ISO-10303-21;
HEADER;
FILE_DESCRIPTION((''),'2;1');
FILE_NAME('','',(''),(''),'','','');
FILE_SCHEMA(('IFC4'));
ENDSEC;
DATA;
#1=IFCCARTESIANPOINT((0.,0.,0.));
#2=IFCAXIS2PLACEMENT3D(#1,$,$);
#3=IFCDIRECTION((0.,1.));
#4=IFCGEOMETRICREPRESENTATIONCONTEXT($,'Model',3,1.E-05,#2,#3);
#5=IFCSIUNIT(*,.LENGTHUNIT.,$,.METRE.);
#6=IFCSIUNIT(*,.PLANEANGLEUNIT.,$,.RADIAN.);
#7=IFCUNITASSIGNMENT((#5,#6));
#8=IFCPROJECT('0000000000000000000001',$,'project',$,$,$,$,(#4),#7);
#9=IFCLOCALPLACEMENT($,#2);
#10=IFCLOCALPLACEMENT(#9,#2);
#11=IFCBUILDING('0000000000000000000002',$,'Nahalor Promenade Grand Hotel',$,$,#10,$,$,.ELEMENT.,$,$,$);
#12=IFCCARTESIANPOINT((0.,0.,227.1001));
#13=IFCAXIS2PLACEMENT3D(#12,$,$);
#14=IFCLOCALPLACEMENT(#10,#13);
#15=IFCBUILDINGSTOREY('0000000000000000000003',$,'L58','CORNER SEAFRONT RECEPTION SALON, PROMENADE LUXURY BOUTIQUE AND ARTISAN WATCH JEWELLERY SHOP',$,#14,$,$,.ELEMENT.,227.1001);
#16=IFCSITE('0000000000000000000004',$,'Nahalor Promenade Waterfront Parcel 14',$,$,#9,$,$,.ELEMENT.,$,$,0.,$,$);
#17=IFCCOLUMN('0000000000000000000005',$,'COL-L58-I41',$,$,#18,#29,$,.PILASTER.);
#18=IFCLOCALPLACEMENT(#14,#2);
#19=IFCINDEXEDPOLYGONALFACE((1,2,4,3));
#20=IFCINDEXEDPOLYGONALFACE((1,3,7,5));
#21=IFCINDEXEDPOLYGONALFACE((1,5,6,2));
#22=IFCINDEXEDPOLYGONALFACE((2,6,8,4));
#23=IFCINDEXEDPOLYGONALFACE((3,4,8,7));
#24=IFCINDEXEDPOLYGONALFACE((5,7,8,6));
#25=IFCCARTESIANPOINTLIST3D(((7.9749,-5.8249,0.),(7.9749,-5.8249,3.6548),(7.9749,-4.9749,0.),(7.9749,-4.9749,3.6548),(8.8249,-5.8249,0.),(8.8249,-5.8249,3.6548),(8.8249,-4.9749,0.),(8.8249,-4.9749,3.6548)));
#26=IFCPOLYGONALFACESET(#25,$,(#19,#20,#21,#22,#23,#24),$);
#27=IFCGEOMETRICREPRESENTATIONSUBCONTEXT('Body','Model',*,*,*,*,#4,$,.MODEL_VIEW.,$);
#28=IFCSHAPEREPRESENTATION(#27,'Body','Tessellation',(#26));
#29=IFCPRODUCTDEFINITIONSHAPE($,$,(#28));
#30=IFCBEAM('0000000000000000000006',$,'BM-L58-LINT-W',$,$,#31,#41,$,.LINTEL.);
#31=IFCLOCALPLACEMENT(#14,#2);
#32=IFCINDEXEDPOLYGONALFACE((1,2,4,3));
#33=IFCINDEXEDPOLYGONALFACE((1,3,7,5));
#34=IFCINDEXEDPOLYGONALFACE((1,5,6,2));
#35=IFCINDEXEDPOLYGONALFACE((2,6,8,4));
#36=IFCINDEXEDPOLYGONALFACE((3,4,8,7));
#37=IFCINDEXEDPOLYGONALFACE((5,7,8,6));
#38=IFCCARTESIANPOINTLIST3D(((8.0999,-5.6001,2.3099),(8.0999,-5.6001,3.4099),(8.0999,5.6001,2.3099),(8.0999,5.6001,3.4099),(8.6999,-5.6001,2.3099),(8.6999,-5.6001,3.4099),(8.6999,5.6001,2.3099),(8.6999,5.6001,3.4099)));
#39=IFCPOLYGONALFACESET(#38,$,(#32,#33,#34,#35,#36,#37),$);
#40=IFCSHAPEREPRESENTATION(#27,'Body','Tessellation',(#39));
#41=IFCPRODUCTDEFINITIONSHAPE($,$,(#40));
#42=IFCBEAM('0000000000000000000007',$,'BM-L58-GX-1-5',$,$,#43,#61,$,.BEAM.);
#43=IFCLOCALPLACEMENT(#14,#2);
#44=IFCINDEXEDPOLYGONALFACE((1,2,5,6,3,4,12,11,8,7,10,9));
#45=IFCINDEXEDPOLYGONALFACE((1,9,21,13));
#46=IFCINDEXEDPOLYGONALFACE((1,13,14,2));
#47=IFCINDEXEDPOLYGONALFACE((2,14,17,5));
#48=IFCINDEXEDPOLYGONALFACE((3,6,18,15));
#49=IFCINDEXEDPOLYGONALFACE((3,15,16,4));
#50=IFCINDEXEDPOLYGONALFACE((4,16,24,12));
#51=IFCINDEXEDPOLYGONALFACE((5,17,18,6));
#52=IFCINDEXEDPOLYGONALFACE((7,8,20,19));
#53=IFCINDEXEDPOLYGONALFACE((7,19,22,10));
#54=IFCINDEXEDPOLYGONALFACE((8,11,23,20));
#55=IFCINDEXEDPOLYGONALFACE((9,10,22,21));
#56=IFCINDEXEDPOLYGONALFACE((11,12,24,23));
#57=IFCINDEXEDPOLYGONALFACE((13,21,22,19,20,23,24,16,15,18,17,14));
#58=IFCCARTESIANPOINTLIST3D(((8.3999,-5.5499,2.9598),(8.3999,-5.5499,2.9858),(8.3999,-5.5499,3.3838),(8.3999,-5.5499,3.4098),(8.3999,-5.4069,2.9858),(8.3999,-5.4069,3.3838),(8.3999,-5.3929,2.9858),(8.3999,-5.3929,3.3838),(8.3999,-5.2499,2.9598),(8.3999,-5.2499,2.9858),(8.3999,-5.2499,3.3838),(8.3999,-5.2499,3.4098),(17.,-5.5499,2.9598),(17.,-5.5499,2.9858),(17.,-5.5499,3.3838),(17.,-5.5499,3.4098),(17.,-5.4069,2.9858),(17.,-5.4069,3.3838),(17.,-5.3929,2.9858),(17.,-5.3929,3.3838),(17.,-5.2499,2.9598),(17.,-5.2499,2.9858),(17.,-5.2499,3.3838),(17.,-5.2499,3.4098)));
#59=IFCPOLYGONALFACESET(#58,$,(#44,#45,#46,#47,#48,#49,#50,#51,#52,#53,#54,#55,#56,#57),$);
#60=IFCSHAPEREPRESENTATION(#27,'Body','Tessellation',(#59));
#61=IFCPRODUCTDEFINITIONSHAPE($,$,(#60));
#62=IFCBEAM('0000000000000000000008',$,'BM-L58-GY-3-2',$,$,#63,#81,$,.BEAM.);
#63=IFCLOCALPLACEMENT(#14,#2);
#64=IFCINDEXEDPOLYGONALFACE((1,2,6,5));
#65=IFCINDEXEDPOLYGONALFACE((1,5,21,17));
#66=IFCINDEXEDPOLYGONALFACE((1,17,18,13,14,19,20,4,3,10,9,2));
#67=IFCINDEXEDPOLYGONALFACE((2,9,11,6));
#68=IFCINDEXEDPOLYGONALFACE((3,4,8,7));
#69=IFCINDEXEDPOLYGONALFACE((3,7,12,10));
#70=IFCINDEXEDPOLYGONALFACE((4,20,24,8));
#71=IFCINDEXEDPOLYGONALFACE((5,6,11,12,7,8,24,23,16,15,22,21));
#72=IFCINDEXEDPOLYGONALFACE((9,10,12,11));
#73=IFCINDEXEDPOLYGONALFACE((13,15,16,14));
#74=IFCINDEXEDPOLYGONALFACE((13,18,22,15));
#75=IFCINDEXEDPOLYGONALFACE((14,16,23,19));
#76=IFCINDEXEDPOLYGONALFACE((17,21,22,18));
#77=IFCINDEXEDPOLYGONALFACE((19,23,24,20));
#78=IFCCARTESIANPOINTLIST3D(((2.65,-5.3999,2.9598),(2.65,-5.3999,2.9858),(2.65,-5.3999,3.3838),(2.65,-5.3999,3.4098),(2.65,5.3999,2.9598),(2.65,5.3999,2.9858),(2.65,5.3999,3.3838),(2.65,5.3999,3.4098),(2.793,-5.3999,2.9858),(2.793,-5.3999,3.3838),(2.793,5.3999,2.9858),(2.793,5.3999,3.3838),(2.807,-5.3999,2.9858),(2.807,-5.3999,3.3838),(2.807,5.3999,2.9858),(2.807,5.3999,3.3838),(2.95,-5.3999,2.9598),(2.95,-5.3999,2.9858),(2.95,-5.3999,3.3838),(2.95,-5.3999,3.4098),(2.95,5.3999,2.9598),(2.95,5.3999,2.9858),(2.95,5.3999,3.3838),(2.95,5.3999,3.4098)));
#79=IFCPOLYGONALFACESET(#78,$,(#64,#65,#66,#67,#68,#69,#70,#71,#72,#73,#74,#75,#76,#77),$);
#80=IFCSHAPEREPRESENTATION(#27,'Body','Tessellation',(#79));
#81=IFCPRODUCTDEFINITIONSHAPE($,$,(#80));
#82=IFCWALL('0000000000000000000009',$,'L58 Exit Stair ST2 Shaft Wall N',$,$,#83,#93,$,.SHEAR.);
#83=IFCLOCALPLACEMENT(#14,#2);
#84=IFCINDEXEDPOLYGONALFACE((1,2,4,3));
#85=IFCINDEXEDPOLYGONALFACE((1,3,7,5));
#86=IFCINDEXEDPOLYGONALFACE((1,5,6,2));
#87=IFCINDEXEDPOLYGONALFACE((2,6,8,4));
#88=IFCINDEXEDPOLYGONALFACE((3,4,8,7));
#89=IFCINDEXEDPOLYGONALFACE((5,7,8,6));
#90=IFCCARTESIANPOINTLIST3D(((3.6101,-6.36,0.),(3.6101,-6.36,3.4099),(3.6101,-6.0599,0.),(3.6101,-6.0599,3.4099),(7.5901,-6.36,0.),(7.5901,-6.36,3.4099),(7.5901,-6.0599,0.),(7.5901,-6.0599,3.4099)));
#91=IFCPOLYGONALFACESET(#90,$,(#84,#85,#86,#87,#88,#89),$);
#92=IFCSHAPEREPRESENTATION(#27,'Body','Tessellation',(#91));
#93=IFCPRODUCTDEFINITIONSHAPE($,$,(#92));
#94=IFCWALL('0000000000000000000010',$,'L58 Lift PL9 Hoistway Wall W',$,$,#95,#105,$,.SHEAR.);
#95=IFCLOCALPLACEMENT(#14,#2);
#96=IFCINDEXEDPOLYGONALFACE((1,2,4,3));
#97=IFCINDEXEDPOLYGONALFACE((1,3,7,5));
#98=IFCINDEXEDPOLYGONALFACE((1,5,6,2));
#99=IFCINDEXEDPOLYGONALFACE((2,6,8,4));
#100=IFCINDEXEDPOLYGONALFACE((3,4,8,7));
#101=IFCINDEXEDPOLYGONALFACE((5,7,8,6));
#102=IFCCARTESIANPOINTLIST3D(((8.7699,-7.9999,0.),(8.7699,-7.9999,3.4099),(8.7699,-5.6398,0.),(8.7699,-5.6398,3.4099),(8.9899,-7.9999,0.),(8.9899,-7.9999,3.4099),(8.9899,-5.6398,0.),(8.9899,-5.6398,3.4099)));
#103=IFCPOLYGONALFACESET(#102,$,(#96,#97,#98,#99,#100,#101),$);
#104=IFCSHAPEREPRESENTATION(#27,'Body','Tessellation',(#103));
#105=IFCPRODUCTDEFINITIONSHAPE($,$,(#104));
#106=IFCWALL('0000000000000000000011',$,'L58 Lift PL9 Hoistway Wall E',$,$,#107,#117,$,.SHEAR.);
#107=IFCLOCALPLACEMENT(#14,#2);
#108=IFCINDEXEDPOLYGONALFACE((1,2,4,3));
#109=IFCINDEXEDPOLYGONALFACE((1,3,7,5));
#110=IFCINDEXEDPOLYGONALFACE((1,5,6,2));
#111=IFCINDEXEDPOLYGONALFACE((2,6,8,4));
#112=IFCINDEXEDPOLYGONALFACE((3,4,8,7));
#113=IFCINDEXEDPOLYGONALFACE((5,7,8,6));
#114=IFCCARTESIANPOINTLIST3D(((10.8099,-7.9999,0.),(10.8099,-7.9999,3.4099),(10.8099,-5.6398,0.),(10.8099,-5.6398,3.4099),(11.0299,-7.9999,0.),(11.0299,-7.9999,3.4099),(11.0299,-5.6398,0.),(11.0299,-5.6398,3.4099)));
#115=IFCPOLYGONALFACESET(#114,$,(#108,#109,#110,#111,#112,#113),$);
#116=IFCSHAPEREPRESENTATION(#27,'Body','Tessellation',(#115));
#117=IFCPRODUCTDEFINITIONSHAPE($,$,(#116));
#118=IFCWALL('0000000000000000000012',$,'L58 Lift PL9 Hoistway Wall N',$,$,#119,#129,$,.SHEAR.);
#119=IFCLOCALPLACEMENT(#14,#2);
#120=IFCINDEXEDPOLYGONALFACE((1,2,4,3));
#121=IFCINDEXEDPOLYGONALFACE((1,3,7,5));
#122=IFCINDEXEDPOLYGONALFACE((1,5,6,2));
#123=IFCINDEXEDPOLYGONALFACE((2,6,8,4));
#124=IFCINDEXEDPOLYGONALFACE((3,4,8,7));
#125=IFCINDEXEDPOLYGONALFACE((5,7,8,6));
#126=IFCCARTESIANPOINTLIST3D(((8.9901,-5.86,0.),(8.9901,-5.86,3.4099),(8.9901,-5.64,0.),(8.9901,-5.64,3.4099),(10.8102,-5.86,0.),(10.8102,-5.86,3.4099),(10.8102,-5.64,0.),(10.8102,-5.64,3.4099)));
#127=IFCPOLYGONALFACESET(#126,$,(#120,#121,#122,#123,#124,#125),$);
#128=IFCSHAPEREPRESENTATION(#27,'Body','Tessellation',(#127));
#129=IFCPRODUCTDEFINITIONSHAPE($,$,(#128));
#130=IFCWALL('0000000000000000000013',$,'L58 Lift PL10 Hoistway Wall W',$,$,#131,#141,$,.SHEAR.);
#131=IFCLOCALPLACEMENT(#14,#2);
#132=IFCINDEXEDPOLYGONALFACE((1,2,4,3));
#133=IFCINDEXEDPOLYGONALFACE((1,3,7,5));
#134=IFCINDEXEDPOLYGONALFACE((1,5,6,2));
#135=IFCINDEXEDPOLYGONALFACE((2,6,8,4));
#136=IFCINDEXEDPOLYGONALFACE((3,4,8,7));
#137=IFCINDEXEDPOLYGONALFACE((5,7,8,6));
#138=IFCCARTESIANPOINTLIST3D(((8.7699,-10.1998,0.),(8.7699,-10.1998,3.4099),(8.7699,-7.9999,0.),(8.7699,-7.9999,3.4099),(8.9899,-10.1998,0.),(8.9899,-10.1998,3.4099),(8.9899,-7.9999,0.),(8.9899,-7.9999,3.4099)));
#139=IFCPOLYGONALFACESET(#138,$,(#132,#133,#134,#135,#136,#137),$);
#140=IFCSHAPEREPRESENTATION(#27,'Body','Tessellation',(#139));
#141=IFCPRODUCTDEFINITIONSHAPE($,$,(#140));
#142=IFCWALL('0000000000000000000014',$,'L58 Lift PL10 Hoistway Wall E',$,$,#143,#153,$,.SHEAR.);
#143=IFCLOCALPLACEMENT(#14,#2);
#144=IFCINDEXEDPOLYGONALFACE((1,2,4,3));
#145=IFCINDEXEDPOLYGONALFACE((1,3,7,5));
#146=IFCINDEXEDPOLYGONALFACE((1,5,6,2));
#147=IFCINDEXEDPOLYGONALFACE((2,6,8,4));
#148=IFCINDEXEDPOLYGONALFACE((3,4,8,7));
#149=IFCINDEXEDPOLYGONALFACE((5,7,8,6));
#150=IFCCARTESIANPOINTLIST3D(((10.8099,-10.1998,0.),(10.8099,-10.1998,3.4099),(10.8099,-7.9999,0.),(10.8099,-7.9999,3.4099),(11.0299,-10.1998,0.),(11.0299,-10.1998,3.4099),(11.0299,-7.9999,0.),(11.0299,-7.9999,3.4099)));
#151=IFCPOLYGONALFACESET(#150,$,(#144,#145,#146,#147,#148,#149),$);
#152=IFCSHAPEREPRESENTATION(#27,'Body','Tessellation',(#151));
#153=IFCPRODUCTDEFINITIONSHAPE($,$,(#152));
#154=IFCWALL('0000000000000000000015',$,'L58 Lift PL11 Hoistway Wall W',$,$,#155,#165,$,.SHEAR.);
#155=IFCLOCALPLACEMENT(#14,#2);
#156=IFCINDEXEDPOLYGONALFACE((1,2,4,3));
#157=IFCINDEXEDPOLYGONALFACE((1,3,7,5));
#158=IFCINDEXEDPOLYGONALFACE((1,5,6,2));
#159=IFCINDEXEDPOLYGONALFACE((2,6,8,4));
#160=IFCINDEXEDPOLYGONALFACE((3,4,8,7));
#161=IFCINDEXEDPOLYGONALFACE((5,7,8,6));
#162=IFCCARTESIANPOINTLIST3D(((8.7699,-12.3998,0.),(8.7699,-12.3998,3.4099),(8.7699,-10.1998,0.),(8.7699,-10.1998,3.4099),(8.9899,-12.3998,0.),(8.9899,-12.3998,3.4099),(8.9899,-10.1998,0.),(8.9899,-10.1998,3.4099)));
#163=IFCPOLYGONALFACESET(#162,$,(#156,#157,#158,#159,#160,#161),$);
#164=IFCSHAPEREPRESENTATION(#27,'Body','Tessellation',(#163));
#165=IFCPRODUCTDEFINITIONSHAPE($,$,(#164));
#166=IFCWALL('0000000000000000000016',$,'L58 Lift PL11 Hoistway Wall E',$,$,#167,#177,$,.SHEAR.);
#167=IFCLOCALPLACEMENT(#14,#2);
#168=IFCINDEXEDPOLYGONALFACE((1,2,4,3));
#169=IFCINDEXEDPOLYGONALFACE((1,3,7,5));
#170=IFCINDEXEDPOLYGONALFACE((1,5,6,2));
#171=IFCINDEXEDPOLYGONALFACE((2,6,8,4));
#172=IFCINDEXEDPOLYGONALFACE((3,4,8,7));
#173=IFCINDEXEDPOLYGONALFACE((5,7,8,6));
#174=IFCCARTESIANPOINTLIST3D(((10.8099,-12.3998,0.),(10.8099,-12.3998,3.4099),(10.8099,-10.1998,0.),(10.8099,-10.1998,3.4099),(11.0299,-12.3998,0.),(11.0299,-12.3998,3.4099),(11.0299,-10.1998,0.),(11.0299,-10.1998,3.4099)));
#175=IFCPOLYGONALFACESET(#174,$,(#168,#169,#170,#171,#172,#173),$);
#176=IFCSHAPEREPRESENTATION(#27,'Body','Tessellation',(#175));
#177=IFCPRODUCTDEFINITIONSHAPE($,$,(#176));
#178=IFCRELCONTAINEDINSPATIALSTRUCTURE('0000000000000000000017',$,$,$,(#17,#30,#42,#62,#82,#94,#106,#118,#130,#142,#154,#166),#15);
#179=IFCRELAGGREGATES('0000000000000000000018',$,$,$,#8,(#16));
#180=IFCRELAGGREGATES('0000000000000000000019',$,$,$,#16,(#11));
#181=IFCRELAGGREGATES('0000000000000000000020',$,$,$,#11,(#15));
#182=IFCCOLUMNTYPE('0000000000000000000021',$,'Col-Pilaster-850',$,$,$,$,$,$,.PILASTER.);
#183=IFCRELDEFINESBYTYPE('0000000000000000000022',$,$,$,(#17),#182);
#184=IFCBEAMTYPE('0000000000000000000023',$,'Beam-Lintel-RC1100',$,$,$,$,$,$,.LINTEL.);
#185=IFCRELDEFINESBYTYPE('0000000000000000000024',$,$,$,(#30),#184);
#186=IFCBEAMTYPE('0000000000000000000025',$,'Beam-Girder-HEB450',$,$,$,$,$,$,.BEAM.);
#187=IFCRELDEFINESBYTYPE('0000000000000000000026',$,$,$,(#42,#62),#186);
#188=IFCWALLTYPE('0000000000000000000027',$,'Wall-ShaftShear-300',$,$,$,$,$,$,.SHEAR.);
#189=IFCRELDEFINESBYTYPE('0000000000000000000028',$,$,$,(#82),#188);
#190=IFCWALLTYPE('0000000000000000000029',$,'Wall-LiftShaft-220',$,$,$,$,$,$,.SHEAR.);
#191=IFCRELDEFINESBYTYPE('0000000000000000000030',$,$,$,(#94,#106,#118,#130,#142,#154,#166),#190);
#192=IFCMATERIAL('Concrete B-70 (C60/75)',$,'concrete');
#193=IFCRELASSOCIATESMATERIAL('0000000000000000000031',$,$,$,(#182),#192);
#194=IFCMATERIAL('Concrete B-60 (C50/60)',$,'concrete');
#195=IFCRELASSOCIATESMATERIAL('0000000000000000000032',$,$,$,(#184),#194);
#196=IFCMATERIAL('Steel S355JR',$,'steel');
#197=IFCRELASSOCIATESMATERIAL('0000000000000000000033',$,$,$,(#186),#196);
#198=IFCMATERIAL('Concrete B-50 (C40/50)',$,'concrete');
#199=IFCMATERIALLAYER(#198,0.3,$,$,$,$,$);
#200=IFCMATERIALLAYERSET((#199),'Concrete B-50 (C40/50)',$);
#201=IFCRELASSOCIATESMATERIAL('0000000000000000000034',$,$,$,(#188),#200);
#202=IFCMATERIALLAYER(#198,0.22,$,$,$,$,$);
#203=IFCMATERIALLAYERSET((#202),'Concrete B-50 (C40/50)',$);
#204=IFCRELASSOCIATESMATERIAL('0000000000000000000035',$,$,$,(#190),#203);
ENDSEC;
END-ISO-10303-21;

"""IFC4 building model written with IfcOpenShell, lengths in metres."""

from ifc_helpers import new_model, si_unit, direction, frame, frame_2d, origin, origin_2d, place, context, subcontext, project, spatial, rectangle, i_section, extrude, source, transform, mapped, material, layer, layer_set, material_profile, profile_set, type_object, element, save


model = new_model("IFC4")

# Units and contexts
model_context = context("Model", 3, precision=1e-05, world=origin(), true_north=direction((0.0, 1.0)))
body_context = subcontext(model_context, "Body", "Model", "MODEL_VIEW")
ifc_project = project(units=[si_unit("LENGTHUNIT", "METRE"), si_unit("PLANEANGLEUNIT", "RADIAN")], contexts=[model_context])

# Site, building, storey
site_placement = place(None, origin())
site = spatial("IfcSite", under=ifc_project, at=site_placement, Name="Nahalor Promenade Waterfront Parcel 14", CompositionType="ELEMENT", RefElevation=0.0)
building_placement = place(site_placement, origin())
building = spatial("IfcBuilding", under=site, at=building_placement, Name="Nahalor Promenade Grand Hotel", CompositionType="ELEMENT")
storey_placement = place(building_placement, frame((0.0, 0.0, 227.1001)))
storey = spatial("IfcBuildingStorey", under=building, at=storey_placement, Name="L58", Description="CORNER SEAFRONT RECEPTION SALON, PROMENADE LUXURY BOUTIQUE AND ARTISAN WATCH JEWELLERY SHOP", CompositionType="ELEMENT", Elevation=227.1001)

# Column
ifc_material_1 = material(Name="Concrete B-70 (C60/75)", Category="concrete")
ifc_material_profile_1 = material_profile(ifc_material_1, rectangle(XDim=0.85, YDim=0.85, at=origin_2d()), Name="RC 850x850")
ifc_profile_set_1 = profile_set([ifc_material_profile_1], Name="Concrete B-70 (C60/75)")
column_type = type_object("IfcColumnType", Name="Col-Pilaster-850", PredefinedType="PILASTER", material=ifc_profile_set_1)
shared_shape_1 = source(origin(), body_context, "Body", "SweptSolid", [
    extrude(rectangle(XDim=0.85, YDim=0.85, at=origin_2d()), origin(), (0.0, 0.0, 1.0), 3.6548),
])
column_placement = place(storey_placement, frame((8.3999, -5.3999, 0.0), z_axis=(0.0, 0.0, 1.0), x_axis=(1.0, 0.0, 0.0)))
element("IfcColumn", 1, at=column_placement, inside=storey, type_object=column_type, Name="COL-L58-I41", PredefinedType="PILASTER", context=body_context, shape_type="MappedRepresentation", body=[
    mapped(shared_shape_1, transform((0.0, 0.0, 0.0), scale=1.0)),
])

# Beams
ifc_material_2 = material(Name="Concrete B-60 (C50/60)", Category="concrete")
ifc_material_profile_2 = material_profile(ifc_material_2, rectangle(XDim=0.6, YDim=1.1, at=origin_2d()), Name="RC 600x1100")
ifc_profile_set_2 = profile_set([ifc_material_profile_2], Name="Concrete B-60 (C50/60)")
beam_type_1 = type_object("IfcBeamType", Name="Beam-Lintel-RC1100", PredefinedType="LINTEL", material=ifc_profile_set_2)
shared_shape_2 = source(origin(), body_context, "Body", "SweptSolid", [
    extrude(rectangle(XDim=0.6, YDim=1.1, at=origin_2d()), origin(), (0.0, 0.0, 1.0), 11.2002),
])
beam_1_placement = place(storey_placement, frame((8.3999, -5.6001, 2.8599), z_axis=(0.0, 1.0, 0.0), x_axis=(-1.0, 0.0, 0.0)))
element("IfcBeam", 2, at=beam_1_placement, inside=storey, type_object=beam_type_1, Name="BM-L58-LINT-W", PredefinedType="LINTEL", context=body_context, shape_type="MappedRepresentation", body=[
    mapped(shared_shape_2, transform((0.0, 0.0, 0.0), scale=1.0)),
])
ifc_material_3 = material(Name="Steel S355JR", Category="steel")
ifc_material_profile_3 = material_profile(ifc_material_3, i_section(OverallWidth=0.3, OverallDepth=0.45, WebThickness=0.014, FlangeThickness=0.026, at=origin_2d()), Name="HEB 450")
ifc_profile_set_3 = profile_set([ifc_material_profile_3], Name="Steel S355JR")
beam_type_2 = type_object("IfcBeamType", Name="Beam-Girder-HEB450", PredefinedType="BEAM", material=ifc_profile_set_3)
shared_shape_3 = source(origin(), body_context, "Body", "SweptSolid", [
    extrude(i_section(OverallWidth=0.3, OverallDepth=0.45, WebThickness=0.014, FlangeThickness=0.026, at=origin_2d()), origin(), (0.0, 0.0, 1.0), 8.6001),
])
beam_2_placement = place(storey_placement, frame((8.3999, -5.3999, 3.1848), z_axis=(1.0, 0.0, 0.0), x_axis=(0.0, 1.0, 0.0)))
element("IfcBeam", 3, at=beam_2_placement, inside=storey, type_object=beam_type_2, Name="BM-L58-GX-1-5", PredefinedType="BEAM", context=body_context, shape_type="MappedRepresentation", body=[
    mapped(shared_shape_3, transform((0.0, 0.0, 0.0), scale=1.0)),
])
shared_shape_4 = source(origin(), body_context, "Body", "SweptSolid", [
    extrude(i_section(OverallWidth=0.3, OverallDepth=0.45, WebThickness=0.014, FlangeThickness=0.026, at=origin_2d()), origin(), (0.0, 0.0, 1.0), 10.7998),
])
beam_3_placement = place(storey_placement, frame((2.8, -5.3999, 3.1848), z_axis=(0.0, 1.0, 0.0), x_axis=(-1.0, 0.0, 0.0)))
element("IfcBeam", 4, at=beam_3_placement, inside=storey, type_object=beam_type_2, Name="BM-L58-GY-3-2", PredefinedType="BEAM", context=body_context, shape_type="MappedRepresentation", body=[
    mapped(shared_shape_4, transform((0.0, 0.0, 0.0), scale=1.0)),
])

# Walls
ifc_material_4 = material(Name="Concrete B-50 (C40/50)", Category="concrete")
ifc_layer_1 = layer(ifc_material_4, 0.3)
ifc_layer_set_1 = layer_set([ifc_layer_1], Name="Concrete B-50 (C40/50)")
wall_type_1 = type_object("IfcWallType", Name="Wall-ShaftShear-300", PredefinedType="SHEAR", material=ifc_layer_set_1)
shared_shape_5 = source(origin(), body_context, "Body", "SweptSolid", [
    extrude(rectangle(XDim=3.98, YDim=0.3, at=frame_2d((1.99, 0.0))), origin(), (0.0, 0.0, 1.0), 3.4099),
])
wall_1_placement = place(storey_placement, frame((3.6101, -6.21, 0.0), z_axis=(0.0, 0.0, 1.0), x_axis=(1.0, 0.0, 0.0)))
element("IfcWall", 5, at=wall_1_placement, inside=storey, type_object=wall_type_1, Name="L58 Exit Stair ST2 Shaft Wall N", PredefinedType="SHEAR", context=body_context, shape_type="MappedRepresentation", body=[
    mapped(shared_shape_5, transform((0.0, 0.0, 0.0), scale=1.0)),
])
ifc_layer_2 = layer(ifc_material_4, 0.22)
ifc_layer_set_2 = layer_set([ifc_layer_2], Name="Concrete B-50 (C40/50)")
wall_type_2 = type_object("IfcWallType", Name="Wall-LiftShaft-220", PredefinedType="SHEAR", material=ifc_layer_set_2)
shared_shape_6 = source(origin(), body_context, "Body", "SweptSolid", [
    extrude(rectangle(XDim=2.3601, YDim=0.22, at=frame_2d((1.1802, 0.0))), origin(), (0.0, 0.0, 1.0), 3.4099),
])
for number, where, z_axis, x_axis, name in (
    (6, (8.8799, -8.0, 0.0), (0.0, 0.0, 1.0), (0.0, 1.0, 0.0), "L58 Lift PL9 Hoistway Wall W"),
    (7, (10.9199, -8.0, 0.0), (0.0, 0.0, 1.0), (0.0, 1.0, 0.0), "L58 Lift PL9 Hoistway Wall E"),
):
    element("IfcWall", number, at=place(storey_placement, frame(where, z_axis=z_axis, x_axis=x_axis)), inside=storey, type_object=wall_type_2, Name=name, PredefinedType="SHEAR", context=body_context, shape_type="MappedRepresentation", body=[
        mapped(shared_shape_6, transform((0.0, 0.0, 0.0), scale=1.0)),
    ])
shared_shape_7 = source(origin(), body_context, "Body", "SweptSolid", [
    extrude(rectangle(XDim=1.8201, YDim=0.22, at=frame_2d((0.9102, 0.0))), origin(), (0.0, 0.0, 1.0), 3.4099),
])
wall_2_placement = place(storey_placement, frame((8.99, -5.75, 0.0), z_axis=(0.0, 0.0, 1.0), x_axis=(1.0, 0.0, 0.0)))
element("IfcWall", 8, at=wall_2_placement, inside=storey, type_object=wall_type_2, Name="L58 Lift PL9 Hoistway Wall N", PredefinedType="SHEAR", context=body_context, shape_type="MappedRepresentation", body=[
    mapped(shared_shape_7, transform((0.0, 0.0, 0.0), scale=1.0)),
])
shared_shape_8 = source(origin(), body_context, "Body", "SweptSolid", [
    extrude(rectangle(XDim=2.2, YDim=0.22, at=frame_2d((1.1001, 0.0))), origin(), (0.0, 0.0, 1.0), 3.4099),
])
for number, where, z_axis, x_axis, name in (
    (9, (8.8799, -10.2, 0.0), (0.0, 0.0, 1.0), (0.0, 1.0, 0.0), "L58 Lift PL10 Hoistway Wall W"),
    (10, (10.9199, -10.2, 0.0), (0.0, 0.0, 1.0), (0.0, 1.0, 0.0), "L58 Lift PL10 Hoistway Wall E"),
    (11, (8.8799, -12.3999, 0.0), (0.0, 0.0, 1.0), (0.0, 1.0, 0.0), "L58 Lift PL11 Hoistway Wall W"),
    (12, (10.9199, -12.3999, 0.0), (0.0, 0.0, 1.0), (0.0, 1.0, 0.0), "L58 Lift PL11 Hoistway Wall E"),
):
    element("IfcWall", number, at=place(storey_placement, frame(where, z_axis=z_axis, x_axis=x_axis)), inside=storey, type_object=wall_type_2, Name=name, PredefinedType="SHEAR", context=body_context, shape_type="MappedRepresentation", body=[
        mapped(shared_shape_8, transform((0.0, 0.0, 0.0), scale=1.0)),
    ])

save(model, "model.ifc")
